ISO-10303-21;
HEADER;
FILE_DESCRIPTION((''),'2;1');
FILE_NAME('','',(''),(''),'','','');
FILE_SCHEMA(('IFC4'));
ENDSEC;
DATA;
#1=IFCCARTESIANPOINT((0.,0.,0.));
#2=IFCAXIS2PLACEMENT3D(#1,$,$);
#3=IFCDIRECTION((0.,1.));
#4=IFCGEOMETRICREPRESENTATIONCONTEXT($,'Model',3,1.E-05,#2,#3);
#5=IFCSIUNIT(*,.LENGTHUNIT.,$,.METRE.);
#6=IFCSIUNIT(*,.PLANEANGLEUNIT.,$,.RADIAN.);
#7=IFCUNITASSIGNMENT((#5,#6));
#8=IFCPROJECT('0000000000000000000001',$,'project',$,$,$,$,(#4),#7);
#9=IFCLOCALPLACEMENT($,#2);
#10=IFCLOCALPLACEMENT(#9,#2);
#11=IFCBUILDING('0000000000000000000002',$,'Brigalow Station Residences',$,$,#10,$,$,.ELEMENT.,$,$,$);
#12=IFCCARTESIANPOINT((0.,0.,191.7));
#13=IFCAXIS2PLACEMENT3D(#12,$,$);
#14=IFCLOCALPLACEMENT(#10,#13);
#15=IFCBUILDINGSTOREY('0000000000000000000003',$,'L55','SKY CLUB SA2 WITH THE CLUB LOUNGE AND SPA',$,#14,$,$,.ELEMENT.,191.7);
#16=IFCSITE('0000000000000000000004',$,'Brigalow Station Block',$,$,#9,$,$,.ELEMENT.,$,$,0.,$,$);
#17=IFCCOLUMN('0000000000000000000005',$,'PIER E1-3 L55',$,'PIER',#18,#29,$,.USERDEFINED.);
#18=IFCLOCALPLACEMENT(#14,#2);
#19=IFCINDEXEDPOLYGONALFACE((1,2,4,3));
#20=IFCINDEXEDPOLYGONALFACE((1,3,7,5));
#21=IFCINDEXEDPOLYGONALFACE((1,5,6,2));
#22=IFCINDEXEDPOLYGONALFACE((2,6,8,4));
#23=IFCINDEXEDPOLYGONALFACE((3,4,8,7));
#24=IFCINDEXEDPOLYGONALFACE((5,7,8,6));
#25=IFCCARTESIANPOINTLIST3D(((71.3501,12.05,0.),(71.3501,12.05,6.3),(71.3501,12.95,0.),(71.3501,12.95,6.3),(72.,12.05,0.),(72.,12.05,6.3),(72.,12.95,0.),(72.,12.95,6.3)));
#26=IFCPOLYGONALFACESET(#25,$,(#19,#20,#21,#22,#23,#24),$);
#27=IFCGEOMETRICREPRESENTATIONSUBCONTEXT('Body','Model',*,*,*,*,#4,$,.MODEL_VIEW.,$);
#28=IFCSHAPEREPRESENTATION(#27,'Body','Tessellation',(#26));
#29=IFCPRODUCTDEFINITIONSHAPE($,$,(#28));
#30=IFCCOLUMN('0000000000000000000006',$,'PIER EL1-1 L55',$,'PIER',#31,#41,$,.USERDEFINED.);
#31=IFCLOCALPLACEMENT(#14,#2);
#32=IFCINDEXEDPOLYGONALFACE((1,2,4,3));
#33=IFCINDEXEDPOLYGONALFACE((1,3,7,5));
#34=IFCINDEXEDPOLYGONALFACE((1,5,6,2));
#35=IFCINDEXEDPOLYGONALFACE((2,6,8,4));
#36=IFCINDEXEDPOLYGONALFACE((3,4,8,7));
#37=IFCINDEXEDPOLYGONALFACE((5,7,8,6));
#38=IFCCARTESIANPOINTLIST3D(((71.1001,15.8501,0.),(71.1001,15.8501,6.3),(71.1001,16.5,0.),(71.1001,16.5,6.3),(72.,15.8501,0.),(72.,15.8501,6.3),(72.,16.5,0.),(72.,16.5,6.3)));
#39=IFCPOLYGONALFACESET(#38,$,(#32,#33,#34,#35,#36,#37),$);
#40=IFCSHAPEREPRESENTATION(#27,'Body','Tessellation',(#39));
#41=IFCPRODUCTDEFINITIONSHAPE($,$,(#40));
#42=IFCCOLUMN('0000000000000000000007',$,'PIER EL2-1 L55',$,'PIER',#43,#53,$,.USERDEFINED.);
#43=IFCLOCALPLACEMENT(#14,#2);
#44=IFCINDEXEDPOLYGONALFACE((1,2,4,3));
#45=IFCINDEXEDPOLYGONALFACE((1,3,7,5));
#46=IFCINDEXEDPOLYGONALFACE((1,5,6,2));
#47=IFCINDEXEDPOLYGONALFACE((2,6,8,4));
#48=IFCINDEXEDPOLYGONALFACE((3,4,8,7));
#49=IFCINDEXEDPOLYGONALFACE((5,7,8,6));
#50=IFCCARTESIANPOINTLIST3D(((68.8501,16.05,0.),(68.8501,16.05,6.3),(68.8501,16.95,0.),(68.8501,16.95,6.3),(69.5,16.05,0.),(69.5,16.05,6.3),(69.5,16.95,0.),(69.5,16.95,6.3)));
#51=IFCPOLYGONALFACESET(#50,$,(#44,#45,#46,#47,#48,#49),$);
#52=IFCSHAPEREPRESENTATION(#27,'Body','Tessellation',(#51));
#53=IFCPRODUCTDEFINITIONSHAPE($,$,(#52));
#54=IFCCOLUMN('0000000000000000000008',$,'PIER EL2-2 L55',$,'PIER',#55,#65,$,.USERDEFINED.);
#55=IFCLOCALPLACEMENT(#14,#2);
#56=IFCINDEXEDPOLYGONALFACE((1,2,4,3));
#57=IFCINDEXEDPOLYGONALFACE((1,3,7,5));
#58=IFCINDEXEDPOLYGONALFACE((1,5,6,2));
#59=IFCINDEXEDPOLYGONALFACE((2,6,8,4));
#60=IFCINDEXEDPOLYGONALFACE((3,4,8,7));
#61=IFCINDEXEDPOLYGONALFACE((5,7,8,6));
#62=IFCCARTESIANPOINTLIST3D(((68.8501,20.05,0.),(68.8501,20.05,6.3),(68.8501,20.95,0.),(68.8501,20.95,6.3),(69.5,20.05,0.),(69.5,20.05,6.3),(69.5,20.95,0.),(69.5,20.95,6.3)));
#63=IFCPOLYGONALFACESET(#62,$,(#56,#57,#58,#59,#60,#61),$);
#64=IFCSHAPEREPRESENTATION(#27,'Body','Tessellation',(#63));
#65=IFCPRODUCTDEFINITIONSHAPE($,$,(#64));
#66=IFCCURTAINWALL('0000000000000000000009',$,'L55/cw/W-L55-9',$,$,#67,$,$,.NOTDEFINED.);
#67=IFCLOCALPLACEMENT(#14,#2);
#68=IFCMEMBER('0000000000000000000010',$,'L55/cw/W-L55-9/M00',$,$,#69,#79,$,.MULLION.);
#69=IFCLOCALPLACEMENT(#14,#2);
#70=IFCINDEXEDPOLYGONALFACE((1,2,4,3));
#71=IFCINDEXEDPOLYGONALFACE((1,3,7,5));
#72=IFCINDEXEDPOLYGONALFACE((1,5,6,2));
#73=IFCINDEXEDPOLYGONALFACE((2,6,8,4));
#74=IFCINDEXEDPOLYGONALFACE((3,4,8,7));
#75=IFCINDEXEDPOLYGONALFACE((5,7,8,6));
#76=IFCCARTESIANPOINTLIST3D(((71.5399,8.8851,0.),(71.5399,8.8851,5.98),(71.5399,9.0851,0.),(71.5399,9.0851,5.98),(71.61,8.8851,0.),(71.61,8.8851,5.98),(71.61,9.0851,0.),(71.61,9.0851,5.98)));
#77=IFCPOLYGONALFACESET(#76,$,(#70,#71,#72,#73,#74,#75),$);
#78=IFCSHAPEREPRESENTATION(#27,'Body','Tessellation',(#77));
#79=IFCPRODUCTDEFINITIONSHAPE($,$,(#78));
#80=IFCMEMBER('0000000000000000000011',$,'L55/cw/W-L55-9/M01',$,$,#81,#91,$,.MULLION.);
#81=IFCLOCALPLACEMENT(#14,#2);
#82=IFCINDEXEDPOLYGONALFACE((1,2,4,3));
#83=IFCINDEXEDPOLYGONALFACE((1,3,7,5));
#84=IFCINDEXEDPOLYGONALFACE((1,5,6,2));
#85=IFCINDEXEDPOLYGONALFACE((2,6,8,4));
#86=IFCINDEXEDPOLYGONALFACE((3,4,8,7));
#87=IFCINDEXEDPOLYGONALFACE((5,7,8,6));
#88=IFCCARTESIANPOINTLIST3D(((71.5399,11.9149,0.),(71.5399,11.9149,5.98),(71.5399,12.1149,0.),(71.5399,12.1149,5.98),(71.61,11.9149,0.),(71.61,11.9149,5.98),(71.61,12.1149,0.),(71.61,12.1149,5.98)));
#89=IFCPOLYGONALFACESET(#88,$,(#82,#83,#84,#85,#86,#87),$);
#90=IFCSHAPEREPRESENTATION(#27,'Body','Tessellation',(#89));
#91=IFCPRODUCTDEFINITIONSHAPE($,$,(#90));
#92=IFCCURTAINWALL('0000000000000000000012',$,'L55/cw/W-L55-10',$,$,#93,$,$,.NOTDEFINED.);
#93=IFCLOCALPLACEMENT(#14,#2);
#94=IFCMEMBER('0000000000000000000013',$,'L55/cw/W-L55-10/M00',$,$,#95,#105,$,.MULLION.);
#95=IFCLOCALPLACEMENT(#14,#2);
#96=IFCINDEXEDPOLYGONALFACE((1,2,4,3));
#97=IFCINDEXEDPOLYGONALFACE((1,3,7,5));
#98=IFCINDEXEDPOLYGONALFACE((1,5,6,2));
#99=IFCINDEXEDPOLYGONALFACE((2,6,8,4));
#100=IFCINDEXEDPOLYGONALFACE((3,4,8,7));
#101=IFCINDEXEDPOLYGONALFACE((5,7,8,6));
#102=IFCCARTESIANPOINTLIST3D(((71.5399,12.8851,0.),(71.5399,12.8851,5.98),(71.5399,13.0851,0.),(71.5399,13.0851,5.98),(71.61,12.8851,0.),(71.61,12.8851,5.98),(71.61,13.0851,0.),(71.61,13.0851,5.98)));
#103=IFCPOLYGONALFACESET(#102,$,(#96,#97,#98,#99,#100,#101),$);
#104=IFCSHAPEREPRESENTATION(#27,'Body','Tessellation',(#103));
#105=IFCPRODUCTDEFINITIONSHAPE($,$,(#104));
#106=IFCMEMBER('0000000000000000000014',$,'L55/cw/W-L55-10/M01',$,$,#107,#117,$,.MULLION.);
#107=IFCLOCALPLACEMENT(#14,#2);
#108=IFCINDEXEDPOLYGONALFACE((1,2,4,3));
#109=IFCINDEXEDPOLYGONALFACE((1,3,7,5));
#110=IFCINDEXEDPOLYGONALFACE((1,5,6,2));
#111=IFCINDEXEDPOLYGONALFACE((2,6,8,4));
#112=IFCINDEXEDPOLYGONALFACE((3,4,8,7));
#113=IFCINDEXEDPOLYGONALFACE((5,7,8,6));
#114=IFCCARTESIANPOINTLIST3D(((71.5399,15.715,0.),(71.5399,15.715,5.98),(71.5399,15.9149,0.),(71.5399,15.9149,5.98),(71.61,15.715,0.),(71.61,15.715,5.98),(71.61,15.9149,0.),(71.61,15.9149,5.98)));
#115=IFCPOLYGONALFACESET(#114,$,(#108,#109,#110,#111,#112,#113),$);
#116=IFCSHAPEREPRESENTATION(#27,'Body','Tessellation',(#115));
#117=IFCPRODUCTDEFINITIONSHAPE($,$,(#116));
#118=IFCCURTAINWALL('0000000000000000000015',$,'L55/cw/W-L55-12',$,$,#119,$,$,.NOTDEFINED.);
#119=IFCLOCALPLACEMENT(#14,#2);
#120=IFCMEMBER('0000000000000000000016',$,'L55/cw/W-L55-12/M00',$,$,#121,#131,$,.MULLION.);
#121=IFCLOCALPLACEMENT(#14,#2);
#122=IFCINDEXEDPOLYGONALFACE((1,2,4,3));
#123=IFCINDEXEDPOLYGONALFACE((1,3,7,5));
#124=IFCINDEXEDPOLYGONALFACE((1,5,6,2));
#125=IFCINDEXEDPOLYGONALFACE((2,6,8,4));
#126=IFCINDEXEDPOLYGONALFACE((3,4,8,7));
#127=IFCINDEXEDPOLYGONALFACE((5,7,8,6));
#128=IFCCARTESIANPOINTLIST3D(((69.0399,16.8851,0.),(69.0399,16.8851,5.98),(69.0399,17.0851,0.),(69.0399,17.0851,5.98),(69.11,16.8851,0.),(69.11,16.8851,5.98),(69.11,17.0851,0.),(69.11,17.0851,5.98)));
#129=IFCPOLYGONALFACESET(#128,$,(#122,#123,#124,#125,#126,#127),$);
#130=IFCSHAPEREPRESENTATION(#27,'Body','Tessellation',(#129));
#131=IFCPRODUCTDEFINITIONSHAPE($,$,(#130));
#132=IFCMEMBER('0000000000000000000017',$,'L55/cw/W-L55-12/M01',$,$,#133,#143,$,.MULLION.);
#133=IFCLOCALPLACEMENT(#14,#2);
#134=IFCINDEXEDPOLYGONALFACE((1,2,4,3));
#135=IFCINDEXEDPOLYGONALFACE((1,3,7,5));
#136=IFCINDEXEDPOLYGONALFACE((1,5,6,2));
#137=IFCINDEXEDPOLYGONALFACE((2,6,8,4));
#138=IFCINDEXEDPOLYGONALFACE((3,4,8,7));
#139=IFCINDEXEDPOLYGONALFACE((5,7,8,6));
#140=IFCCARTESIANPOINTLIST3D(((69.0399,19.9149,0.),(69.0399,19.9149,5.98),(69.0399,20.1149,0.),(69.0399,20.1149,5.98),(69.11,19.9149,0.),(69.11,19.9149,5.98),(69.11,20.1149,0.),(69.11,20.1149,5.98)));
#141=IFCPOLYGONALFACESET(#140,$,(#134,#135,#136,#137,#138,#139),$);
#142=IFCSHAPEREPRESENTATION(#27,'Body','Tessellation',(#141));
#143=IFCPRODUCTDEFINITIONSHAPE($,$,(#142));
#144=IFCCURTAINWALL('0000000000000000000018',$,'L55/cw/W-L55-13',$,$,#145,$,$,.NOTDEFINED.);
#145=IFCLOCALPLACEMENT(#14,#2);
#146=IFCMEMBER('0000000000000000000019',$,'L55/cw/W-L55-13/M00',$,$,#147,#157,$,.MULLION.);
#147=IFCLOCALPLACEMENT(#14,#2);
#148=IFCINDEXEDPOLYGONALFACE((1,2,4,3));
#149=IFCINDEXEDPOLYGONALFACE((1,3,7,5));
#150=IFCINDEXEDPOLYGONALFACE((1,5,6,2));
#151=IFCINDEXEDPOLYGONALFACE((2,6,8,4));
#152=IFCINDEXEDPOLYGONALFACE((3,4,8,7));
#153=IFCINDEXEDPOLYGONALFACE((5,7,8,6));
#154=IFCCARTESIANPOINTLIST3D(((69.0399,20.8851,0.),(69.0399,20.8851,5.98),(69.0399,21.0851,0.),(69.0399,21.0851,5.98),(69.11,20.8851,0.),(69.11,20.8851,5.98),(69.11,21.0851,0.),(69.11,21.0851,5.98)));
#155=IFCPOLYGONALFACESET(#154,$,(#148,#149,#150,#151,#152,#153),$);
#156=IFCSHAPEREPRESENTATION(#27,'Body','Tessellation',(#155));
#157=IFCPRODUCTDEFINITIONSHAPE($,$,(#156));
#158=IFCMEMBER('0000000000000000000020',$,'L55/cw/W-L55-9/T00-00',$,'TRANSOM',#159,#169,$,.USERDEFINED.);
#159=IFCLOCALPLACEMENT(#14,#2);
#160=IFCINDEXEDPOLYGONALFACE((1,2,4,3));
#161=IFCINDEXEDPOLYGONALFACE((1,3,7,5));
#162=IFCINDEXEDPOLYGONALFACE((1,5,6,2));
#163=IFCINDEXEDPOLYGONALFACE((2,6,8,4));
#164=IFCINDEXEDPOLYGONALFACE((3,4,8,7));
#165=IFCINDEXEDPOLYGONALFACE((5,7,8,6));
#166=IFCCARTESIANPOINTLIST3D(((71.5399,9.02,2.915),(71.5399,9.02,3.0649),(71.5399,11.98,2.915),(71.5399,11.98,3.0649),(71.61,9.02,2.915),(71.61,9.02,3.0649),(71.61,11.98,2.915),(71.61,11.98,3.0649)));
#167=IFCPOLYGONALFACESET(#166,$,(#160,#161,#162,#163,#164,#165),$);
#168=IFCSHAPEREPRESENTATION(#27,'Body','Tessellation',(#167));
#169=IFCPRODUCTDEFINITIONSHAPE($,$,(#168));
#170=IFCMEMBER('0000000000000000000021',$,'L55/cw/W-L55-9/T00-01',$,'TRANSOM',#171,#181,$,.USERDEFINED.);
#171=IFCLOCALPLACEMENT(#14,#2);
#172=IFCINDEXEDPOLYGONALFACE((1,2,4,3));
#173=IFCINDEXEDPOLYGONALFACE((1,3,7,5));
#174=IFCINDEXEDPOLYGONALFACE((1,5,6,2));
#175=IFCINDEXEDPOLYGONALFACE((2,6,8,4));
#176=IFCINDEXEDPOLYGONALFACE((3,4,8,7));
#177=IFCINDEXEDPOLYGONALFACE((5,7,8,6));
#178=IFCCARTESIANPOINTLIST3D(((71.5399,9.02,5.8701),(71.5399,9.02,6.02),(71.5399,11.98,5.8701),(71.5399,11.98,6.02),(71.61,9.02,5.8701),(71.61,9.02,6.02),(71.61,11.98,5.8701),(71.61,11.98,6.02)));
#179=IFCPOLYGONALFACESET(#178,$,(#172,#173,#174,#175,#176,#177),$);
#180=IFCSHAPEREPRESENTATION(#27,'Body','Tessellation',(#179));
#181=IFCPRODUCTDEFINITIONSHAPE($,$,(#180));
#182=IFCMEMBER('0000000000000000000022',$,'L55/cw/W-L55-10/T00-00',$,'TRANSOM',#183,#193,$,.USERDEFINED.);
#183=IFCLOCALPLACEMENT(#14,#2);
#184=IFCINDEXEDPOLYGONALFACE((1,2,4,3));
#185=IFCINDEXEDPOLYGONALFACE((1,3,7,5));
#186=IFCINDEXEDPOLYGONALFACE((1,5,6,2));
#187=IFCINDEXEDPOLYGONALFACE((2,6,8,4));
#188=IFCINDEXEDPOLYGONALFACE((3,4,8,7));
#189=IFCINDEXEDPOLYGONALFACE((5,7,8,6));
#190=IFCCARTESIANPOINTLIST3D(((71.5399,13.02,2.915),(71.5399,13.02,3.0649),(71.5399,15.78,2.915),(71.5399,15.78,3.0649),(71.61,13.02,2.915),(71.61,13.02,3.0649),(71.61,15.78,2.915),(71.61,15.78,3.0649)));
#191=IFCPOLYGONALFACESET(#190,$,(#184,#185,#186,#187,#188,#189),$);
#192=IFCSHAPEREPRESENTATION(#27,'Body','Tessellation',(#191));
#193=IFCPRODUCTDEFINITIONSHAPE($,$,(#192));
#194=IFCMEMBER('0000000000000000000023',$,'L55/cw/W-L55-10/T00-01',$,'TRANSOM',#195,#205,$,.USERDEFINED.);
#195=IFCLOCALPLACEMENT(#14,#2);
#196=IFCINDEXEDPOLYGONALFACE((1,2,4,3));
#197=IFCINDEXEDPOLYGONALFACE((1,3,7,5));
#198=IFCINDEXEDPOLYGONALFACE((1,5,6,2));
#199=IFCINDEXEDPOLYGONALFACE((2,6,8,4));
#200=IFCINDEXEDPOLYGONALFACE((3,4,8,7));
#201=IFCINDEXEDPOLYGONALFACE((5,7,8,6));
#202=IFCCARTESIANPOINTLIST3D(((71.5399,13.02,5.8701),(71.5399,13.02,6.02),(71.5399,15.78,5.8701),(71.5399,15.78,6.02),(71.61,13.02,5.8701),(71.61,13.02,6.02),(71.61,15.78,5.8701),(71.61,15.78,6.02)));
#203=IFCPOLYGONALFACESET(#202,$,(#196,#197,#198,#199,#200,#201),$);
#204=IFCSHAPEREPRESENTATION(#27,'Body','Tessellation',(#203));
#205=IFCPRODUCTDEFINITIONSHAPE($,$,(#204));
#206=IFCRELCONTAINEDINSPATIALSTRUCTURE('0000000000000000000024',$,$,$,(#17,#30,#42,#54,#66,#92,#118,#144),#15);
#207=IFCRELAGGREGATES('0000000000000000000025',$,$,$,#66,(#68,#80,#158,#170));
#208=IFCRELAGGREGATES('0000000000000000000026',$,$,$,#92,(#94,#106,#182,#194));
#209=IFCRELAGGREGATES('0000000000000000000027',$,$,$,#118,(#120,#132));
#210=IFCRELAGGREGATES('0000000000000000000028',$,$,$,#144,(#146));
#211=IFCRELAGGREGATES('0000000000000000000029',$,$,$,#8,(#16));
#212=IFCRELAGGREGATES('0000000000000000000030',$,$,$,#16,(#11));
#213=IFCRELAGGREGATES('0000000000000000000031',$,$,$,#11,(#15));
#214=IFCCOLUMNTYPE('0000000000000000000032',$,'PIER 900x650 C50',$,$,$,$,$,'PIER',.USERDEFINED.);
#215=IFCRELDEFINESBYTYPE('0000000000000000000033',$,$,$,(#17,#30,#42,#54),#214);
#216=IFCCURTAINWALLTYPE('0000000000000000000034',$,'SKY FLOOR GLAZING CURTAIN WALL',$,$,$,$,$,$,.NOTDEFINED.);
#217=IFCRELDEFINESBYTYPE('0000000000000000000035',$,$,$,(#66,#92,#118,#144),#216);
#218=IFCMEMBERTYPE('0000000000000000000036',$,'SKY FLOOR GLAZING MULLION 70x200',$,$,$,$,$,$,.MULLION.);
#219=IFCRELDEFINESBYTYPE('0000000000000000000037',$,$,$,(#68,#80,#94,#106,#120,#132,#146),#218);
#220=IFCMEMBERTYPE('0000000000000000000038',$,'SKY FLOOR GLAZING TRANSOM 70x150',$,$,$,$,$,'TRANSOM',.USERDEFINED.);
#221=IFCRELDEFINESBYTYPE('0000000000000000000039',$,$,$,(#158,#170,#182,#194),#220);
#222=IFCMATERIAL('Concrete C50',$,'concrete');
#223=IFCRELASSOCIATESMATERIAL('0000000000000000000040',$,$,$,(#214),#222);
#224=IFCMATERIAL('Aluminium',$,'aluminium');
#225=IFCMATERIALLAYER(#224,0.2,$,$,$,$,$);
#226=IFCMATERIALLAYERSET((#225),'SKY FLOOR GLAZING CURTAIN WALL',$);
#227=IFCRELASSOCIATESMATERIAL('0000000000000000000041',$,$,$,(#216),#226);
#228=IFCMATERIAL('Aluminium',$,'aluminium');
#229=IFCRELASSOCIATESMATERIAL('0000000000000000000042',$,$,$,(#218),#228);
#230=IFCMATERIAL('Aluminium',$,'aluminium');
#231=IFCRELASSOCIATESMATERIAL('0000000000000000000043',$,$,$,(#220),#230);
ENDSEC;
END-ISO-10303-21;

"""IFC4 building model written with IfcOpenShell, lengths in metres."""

from ifc_helpers import new_model, si_unit, direction, frame, origin, origin_2d, place, context, subcontext, project, spatial, rectangle, extrude, material, layer, layer_set, material_profile, profile_set, type_object, element, aggregate, save


model = new_model("IFC4")

# Units and contexts
model_context = context("Model", 3, precision=1e-05, world=origin(), true_north=direction((0.0, 1.0)))
body_context = subcontext(model_context, "Body", "Model", "MODEL_VIEW")
ifc_project = project(units=[si_unit("LENGTHUNIT", "METRE"), si_unit("PLANEANGLEUNIT", "RADIAN")], contexts=[model_context])

# Site, building, storey
site_placement = place(None, origin())
site = spatial("IfcSite", under=ifc_project, at=site_placement, Name="Brigalow Station Block", CompositionType="ELEMENT", RefElevation=0.0)
building_placement = place(site_placement, origin())
building = spatial("IfcBuilding", under=site, at=building_placement, Name="Brigalow Station Residences", CompositionType="ELEMENT")
storey_placement = place(building_placement, frame((0.0, 0.0, 191.7)))
storey = spatial("IfcBuildingStorey", under=building, at=storey_placement, Name="L55", Description="SKY CLUB SA2 WITH THE CLUB LOUNGE AND SPA", CompositionType="ELEMENT", Elevation=191.7)

# Columns
ifc_material_1 = material(Name="Concrete C50", Category="concrete")
ifc_material_profile_1 = material_profile(ifc_material_1, rectangle(XDim=0.8999, YDim=0.6499, at=origin_2d()), Name="RC900x650")
ifc_profile_set_1 = profile_set([ifc_material_profile_1], Name="Concrete C50")
column_type = type_object("IfcColumnType", Name="PIER 900x650 C50", ElementType="PIER", PredefinedType="USERDEFINED", material=ifc_profile_set_1)
for number, where, z_axis, x_axis, name in (
    (1, (71.675, 12.5, 0.0), (0.0, 0.0, 1.0), (0.0, 1.0, 0.0), "PIER E1-3 L55"),
    (2, (71.55, 16.175, 0.0), (0.0, 0.0, 1.0), (-1.0, 0.0, 0.0), "PIER EL1-1 L55"),
    (3, (69.175, 16.5, 0.0), (0.0, 0.0, 1.0), (0.0, 1.0, 0.0), "PIER EL2-1 L55"),
    (4, (69.175, 20.5, 0.0), (0.0, 0.0, 1.0), (0.0, 1.0, 0.0), "PIER EL2-2 L55"),
):
    element("IfcColumn", number, at=place(storey_placement, frame(where, z_axis=z_axis, x_axis=x_axis)), inside=storey, type_object=column_type, Name=name, ObjectType="PIER", PredefinedType="USERDEFINED", context=body_context, shape_type="SweptSolid", body=[
        extrude(rectangle(XDim=0.8999, YDim=0.6499, at=origin_2d()), origin(), (0.0, 0.0, 1.0), 6.3),
    ])

# Curtain walls, members
ifc_material_2 = material(Name="Aluminium", Category="aluminium")
ifc_layer_1 = layer(ifc_material_2, 0.2)
ifc_layer_set_1 = layer_set([ifc_layer_1], Name="SKY FLOOR GLAZING CURTAIN WALL")
curtain_wall_type = type_object("IfcCurtainWallType", Name="SKY FLOOR GLAZING CURTAIN WALL", PredefinedType="NOTDEFINED", material=ifc_layer_set_1)
curtain_wall_1_placement = place(storey_placement, origin())
curtain_wall_1 = element("IfcCurtainWall", 5, at=curtain_wall_1_placement, inside=storey, type_object=curtain_wall_type, Name="L55/cw/W-L55-9", PredefinedType="NOTDEFINED")
ifc_material_3 = material(Name="Aluminium", Category="aluminium")
ifc_material_profile_2 = material_profile(ifc_material_3, rectangle(XDim=0.0701, YDim=0.2, at=origin_2d()), Name="SKY FLOOR GLAZING MULLION 70x200")
ifc_profile_set_2 = profile_set([ifc_material_profile_2], Name="Aluminium")
member_type_1 = type_object("IfcMemberType", Name="SKY FLOOR GLAZING MULLION 70x200", PredefinedType="MULLION", material=ifc_profile_set_2)
member_1_placement = place(storey_placement, frame((71.575, 8.9851, 0.0), z_axis=(0.0, 0.0, 1.0), x_axis=(-1.0, 0.0, 0.0)))
member_1 = element("IfcMember", 6, at=member_1_placement, type_object=member_type_1, Name="L55/cw/W-L55-9/M00", PredefinedType="MULLION", context=body_context, shape_type="SweptSolid", body=[
    extrude(rectangle(XDim=0.0701, YDim=0.2, at=origin_2d()), origin(), (0.0, 0.0, 1.0), 5.98),
])
member_2_placement = place(storey_placement, frame((71.575, 12.0149, 0.0), z_axis=(0.0, 0.0, 1.0), x_axis=(-1.0, 0.0, 0.0)))
member_2 = element("IfcMember", 7, at=member_2_placement, type_object=member_type_1, Name="L55/cw/W-L55-9/M01", PredefinedType="MULLION", context=body_context, shape_type="SweptSolid", body=[
    extrude(rectangle(XDim=0.0701, YDim=0.2, at=origin_2d()), origin(), (0.0, 0.0, 1.0), 5.98),
])
curtain_wall_2_placement = place(storey_placement, origin())
curtain_wall_2 = element("IfcCurtainWall", 8, at=curtain_wall_2_placement, inside=storey, type_object=curtain_wall_type, Name="L55/cw/W-L55-10", PredefinedType="NOTDEFINED")
member_3_placement = place(storey_placement, frame((71.575, 12.9851, 0.0), z_axis=(0.0, 0.0, 1.0), x_axis=(-1.0, 0.0, 0.0)))
member_3 = element("IfcMember", 9, at=member_3_placement, type_object=member_type_1, Name="L55/cw/W-L55-10/M00", PredefinedType="MULLION", context=body_context, shape_type="SweptSolid", body=[
    extrude(rectangle(XDim=0.0701, YDim=0.2, at=origin_2d()), origin(), (0.0, 0.0, 1.0), 5.98),
])
member_4_placement = place(storey_placement, frame((71.575, 15.8149, 0.0), z_axis=(0.0, 0.0, 1.0), x_axis=(-1.0, 0.0, 0.0)))
member_4 = element("IfcMember", 10, at=member_4_placement, type_object=member_type_1, Name="L55/cw/W-L55-10/M01", PredefinedType="MULLION", context=body_context, shape_type="SweptSolid", body=[
    extrude(rectangle(XDim=0.0701, YDim=0.2, at=origin_2d()), origin(), (0.0, 0.0, 1.0), 5.98),
])
curtain_wall_3_placement = place(storey_placement, origin())
curtain_wall_3 = element("IfcCurtainWall", 11, at=curtain_wall_3_placement, inside=storey, type_object=curtain_wall_type, Name="L55/cw/W-L55-12", PredefinedType="NOTDEFINED")
member_5_placement = place(storey_placement, frame((69.075, 16.9851, 0.0), z_axis=(0.0, 0.0, 1.0), x_axis=(-1.0, 0.0, 0.0)))
member_5 = element("IfcMember", 12, at=member_5_placement, type_object=member_type_1, Name="L55/cw/W-L55-12/M00", PredefinedType="MULLION", context=body_context, shape_type="SweptSolid", body=[
    extrude(rectangle(XDim=0.0701, YDim=0.2, at=origin_2d()), origin(), (0.0, 0.0, 1.0), 5.98),
])
member_6_placement = place(storey_placement, frame((69.075, 20.0149, 0.0), z_axis=(0.0, 0.0, 1.0), x_axis=(-1.0, 0.0, 0.0)))
member_6 = element("IfcMember", 13, at=member_6_placement, type_object=member_type_1, Name="L55/cw/W-L55-12/M01", PredefinedType="MULLION", context=body_context, shape_type="SweptSolid", body=[
    extrude(rectangle(XDim=0.0701, YDim=0.2, at=origin_2d()), origin(), (0.0, 0.0, 1.0), 5.98),
])

# Curtain wall, member
curtain_wall_4_placement = place(storey_placement, origin())
curtain_wall_4 = element("IfcCurtainWall", 14, at=curtain_wall_4_placement, inside=storey, type_object=curtain_wall_type, Name="L55/cw/W-L55-13", PredefinedType="NOTDEFINED")
member_7_placement = place(storey_placement, frame((69.075, 20.9851, 0.0), z_axis=(0.0, 0.0, 1.0), x_axis=(-1.0, 0.0, 0.0)))
member_7 = element("IfcMember", 15, at=member_7_placement, type_object=member_type_1, Name="L55/cw/W-L55-13/M00", PredefinedType="MULLION", context=body_context, shape_type="SweptSolid", body=[
    extrude(rectangle(XDim=0.0701, YDim=0.2, at=origin_2d()), origin(), (0.0, 0.0, 1.0), 5.98),
])

# Members
ifc_material_4 = material(Name="Aluminium", Category="aluminium")
ifc_material_profile_3 = material_profile(ifc_material_4, rectangle(XDim=0.0701, YDim=0.1499, at=origin_2d()), Name="SKY FLOOR GLAZING TRANSOM 70x150")
ifc_profile_set_3 = profile_set([ifc_material_profile_3], Name="Aluminium")
member_type_2 = type_object("IfcMemberType", Name="SKY FLOOR GLAZING TRANSOM 70x150", ElementType="TRANSOM", PredefinedType="USERDEFINED", material=ifc_profile_set_3)
member_8_placement = place(storey_placement, frame((71.575, 9.02, 2.99), z_axis=(0.0, 1.0, 0.0), x_axis=(-1.0, 0.0, 0.0)))
member_8 = element("IfcMember", 16, at=member_8_placement, type_object=member_type_2, Name="L55/cw/W-L55-9/T00-00", ObjectType="TRANSOM", PredefinedType="USERDEFINED", context=body_context, shape_type="SweptSolid", body=[
    extrude(rectangle(XDim=0.0701, YDim=0.1499, at=origin_2d()), origin(), (0.0, 0.0, 1.0), 2.96),
])
member_9_placement = place(storey_placement, frame((71.575, 9.02, 5.9451), z_axis=(0.0, 1.0, 0.0), x_axis=(-1.0, 0.0, 0.0)))
member_9 = element("IfcMember", 17, at=member_9_placement, type_object=member_type_2, Name="L55/cw/W-L55-9/T00-01", ObjectType="TRANSOM", PredefinedType="USERDEFINED", context=body_context, shape_type="SweptSolid", body=[
    extrude(rectangle(XDim=0.0701, YDim=0.1499, at=origin_2d()), origin(), (0.0, 0.0, 1.0), 2.96),
])
member_10_placement = place(storey_placement, frame((71.575, 13.02, 2.99), z_axis=(0.0, 1.0, 0.0), x_axis=(-1.0, 0.0, 0.0)))
member_10 = element("IfcMember", 18, at=member_10_placement, type_object=member_type_2, Name="L55/cw/W-L55-10/T00-00", ObjectType="TRANSOM", PredefinedType="USERDEFINED", context=body_context, shape_type="SweptSolid", body=[
    extrude(rectangle(XDim=0.0701, YDim=0.1499, at=origin_2d()), origin(), (0.0, 0.0, 1.0), 2.76),
])
member_11_placement = place(storey_placement, frame((71.575, 13.02, 5.9451), z_axis=(0.0, 1.0, 0.0), x_axis=(-1.0, 0.0, 0.0)))
member_11 = element("IfcMember", 19, at=member_11_placement, type_object=member_type_2, Name="L55/cw/W-L55-10/T00-01", ObjectType="TRANSOM", PredefinedType="USERDEFINED", context=body_context, shape_type="SweptSolid", body=[
    extrude(rectangle(XDim=0.0701, YDim=0.1499, at=origin_2d()), origin(), (0.0, 0.0, 1.0), 2.76),
])

aggregate(curtain_wall_1, [member_1, member_2, member_8, member_9])
aggregate(curtain_wall_2, [member_3, member_4, member_10, member_11])
aggregate(curtain_wall_3, [member_5, member_6])
aggregate(curtain_wall_4, [member_7])

save(model, "model.ifc")
